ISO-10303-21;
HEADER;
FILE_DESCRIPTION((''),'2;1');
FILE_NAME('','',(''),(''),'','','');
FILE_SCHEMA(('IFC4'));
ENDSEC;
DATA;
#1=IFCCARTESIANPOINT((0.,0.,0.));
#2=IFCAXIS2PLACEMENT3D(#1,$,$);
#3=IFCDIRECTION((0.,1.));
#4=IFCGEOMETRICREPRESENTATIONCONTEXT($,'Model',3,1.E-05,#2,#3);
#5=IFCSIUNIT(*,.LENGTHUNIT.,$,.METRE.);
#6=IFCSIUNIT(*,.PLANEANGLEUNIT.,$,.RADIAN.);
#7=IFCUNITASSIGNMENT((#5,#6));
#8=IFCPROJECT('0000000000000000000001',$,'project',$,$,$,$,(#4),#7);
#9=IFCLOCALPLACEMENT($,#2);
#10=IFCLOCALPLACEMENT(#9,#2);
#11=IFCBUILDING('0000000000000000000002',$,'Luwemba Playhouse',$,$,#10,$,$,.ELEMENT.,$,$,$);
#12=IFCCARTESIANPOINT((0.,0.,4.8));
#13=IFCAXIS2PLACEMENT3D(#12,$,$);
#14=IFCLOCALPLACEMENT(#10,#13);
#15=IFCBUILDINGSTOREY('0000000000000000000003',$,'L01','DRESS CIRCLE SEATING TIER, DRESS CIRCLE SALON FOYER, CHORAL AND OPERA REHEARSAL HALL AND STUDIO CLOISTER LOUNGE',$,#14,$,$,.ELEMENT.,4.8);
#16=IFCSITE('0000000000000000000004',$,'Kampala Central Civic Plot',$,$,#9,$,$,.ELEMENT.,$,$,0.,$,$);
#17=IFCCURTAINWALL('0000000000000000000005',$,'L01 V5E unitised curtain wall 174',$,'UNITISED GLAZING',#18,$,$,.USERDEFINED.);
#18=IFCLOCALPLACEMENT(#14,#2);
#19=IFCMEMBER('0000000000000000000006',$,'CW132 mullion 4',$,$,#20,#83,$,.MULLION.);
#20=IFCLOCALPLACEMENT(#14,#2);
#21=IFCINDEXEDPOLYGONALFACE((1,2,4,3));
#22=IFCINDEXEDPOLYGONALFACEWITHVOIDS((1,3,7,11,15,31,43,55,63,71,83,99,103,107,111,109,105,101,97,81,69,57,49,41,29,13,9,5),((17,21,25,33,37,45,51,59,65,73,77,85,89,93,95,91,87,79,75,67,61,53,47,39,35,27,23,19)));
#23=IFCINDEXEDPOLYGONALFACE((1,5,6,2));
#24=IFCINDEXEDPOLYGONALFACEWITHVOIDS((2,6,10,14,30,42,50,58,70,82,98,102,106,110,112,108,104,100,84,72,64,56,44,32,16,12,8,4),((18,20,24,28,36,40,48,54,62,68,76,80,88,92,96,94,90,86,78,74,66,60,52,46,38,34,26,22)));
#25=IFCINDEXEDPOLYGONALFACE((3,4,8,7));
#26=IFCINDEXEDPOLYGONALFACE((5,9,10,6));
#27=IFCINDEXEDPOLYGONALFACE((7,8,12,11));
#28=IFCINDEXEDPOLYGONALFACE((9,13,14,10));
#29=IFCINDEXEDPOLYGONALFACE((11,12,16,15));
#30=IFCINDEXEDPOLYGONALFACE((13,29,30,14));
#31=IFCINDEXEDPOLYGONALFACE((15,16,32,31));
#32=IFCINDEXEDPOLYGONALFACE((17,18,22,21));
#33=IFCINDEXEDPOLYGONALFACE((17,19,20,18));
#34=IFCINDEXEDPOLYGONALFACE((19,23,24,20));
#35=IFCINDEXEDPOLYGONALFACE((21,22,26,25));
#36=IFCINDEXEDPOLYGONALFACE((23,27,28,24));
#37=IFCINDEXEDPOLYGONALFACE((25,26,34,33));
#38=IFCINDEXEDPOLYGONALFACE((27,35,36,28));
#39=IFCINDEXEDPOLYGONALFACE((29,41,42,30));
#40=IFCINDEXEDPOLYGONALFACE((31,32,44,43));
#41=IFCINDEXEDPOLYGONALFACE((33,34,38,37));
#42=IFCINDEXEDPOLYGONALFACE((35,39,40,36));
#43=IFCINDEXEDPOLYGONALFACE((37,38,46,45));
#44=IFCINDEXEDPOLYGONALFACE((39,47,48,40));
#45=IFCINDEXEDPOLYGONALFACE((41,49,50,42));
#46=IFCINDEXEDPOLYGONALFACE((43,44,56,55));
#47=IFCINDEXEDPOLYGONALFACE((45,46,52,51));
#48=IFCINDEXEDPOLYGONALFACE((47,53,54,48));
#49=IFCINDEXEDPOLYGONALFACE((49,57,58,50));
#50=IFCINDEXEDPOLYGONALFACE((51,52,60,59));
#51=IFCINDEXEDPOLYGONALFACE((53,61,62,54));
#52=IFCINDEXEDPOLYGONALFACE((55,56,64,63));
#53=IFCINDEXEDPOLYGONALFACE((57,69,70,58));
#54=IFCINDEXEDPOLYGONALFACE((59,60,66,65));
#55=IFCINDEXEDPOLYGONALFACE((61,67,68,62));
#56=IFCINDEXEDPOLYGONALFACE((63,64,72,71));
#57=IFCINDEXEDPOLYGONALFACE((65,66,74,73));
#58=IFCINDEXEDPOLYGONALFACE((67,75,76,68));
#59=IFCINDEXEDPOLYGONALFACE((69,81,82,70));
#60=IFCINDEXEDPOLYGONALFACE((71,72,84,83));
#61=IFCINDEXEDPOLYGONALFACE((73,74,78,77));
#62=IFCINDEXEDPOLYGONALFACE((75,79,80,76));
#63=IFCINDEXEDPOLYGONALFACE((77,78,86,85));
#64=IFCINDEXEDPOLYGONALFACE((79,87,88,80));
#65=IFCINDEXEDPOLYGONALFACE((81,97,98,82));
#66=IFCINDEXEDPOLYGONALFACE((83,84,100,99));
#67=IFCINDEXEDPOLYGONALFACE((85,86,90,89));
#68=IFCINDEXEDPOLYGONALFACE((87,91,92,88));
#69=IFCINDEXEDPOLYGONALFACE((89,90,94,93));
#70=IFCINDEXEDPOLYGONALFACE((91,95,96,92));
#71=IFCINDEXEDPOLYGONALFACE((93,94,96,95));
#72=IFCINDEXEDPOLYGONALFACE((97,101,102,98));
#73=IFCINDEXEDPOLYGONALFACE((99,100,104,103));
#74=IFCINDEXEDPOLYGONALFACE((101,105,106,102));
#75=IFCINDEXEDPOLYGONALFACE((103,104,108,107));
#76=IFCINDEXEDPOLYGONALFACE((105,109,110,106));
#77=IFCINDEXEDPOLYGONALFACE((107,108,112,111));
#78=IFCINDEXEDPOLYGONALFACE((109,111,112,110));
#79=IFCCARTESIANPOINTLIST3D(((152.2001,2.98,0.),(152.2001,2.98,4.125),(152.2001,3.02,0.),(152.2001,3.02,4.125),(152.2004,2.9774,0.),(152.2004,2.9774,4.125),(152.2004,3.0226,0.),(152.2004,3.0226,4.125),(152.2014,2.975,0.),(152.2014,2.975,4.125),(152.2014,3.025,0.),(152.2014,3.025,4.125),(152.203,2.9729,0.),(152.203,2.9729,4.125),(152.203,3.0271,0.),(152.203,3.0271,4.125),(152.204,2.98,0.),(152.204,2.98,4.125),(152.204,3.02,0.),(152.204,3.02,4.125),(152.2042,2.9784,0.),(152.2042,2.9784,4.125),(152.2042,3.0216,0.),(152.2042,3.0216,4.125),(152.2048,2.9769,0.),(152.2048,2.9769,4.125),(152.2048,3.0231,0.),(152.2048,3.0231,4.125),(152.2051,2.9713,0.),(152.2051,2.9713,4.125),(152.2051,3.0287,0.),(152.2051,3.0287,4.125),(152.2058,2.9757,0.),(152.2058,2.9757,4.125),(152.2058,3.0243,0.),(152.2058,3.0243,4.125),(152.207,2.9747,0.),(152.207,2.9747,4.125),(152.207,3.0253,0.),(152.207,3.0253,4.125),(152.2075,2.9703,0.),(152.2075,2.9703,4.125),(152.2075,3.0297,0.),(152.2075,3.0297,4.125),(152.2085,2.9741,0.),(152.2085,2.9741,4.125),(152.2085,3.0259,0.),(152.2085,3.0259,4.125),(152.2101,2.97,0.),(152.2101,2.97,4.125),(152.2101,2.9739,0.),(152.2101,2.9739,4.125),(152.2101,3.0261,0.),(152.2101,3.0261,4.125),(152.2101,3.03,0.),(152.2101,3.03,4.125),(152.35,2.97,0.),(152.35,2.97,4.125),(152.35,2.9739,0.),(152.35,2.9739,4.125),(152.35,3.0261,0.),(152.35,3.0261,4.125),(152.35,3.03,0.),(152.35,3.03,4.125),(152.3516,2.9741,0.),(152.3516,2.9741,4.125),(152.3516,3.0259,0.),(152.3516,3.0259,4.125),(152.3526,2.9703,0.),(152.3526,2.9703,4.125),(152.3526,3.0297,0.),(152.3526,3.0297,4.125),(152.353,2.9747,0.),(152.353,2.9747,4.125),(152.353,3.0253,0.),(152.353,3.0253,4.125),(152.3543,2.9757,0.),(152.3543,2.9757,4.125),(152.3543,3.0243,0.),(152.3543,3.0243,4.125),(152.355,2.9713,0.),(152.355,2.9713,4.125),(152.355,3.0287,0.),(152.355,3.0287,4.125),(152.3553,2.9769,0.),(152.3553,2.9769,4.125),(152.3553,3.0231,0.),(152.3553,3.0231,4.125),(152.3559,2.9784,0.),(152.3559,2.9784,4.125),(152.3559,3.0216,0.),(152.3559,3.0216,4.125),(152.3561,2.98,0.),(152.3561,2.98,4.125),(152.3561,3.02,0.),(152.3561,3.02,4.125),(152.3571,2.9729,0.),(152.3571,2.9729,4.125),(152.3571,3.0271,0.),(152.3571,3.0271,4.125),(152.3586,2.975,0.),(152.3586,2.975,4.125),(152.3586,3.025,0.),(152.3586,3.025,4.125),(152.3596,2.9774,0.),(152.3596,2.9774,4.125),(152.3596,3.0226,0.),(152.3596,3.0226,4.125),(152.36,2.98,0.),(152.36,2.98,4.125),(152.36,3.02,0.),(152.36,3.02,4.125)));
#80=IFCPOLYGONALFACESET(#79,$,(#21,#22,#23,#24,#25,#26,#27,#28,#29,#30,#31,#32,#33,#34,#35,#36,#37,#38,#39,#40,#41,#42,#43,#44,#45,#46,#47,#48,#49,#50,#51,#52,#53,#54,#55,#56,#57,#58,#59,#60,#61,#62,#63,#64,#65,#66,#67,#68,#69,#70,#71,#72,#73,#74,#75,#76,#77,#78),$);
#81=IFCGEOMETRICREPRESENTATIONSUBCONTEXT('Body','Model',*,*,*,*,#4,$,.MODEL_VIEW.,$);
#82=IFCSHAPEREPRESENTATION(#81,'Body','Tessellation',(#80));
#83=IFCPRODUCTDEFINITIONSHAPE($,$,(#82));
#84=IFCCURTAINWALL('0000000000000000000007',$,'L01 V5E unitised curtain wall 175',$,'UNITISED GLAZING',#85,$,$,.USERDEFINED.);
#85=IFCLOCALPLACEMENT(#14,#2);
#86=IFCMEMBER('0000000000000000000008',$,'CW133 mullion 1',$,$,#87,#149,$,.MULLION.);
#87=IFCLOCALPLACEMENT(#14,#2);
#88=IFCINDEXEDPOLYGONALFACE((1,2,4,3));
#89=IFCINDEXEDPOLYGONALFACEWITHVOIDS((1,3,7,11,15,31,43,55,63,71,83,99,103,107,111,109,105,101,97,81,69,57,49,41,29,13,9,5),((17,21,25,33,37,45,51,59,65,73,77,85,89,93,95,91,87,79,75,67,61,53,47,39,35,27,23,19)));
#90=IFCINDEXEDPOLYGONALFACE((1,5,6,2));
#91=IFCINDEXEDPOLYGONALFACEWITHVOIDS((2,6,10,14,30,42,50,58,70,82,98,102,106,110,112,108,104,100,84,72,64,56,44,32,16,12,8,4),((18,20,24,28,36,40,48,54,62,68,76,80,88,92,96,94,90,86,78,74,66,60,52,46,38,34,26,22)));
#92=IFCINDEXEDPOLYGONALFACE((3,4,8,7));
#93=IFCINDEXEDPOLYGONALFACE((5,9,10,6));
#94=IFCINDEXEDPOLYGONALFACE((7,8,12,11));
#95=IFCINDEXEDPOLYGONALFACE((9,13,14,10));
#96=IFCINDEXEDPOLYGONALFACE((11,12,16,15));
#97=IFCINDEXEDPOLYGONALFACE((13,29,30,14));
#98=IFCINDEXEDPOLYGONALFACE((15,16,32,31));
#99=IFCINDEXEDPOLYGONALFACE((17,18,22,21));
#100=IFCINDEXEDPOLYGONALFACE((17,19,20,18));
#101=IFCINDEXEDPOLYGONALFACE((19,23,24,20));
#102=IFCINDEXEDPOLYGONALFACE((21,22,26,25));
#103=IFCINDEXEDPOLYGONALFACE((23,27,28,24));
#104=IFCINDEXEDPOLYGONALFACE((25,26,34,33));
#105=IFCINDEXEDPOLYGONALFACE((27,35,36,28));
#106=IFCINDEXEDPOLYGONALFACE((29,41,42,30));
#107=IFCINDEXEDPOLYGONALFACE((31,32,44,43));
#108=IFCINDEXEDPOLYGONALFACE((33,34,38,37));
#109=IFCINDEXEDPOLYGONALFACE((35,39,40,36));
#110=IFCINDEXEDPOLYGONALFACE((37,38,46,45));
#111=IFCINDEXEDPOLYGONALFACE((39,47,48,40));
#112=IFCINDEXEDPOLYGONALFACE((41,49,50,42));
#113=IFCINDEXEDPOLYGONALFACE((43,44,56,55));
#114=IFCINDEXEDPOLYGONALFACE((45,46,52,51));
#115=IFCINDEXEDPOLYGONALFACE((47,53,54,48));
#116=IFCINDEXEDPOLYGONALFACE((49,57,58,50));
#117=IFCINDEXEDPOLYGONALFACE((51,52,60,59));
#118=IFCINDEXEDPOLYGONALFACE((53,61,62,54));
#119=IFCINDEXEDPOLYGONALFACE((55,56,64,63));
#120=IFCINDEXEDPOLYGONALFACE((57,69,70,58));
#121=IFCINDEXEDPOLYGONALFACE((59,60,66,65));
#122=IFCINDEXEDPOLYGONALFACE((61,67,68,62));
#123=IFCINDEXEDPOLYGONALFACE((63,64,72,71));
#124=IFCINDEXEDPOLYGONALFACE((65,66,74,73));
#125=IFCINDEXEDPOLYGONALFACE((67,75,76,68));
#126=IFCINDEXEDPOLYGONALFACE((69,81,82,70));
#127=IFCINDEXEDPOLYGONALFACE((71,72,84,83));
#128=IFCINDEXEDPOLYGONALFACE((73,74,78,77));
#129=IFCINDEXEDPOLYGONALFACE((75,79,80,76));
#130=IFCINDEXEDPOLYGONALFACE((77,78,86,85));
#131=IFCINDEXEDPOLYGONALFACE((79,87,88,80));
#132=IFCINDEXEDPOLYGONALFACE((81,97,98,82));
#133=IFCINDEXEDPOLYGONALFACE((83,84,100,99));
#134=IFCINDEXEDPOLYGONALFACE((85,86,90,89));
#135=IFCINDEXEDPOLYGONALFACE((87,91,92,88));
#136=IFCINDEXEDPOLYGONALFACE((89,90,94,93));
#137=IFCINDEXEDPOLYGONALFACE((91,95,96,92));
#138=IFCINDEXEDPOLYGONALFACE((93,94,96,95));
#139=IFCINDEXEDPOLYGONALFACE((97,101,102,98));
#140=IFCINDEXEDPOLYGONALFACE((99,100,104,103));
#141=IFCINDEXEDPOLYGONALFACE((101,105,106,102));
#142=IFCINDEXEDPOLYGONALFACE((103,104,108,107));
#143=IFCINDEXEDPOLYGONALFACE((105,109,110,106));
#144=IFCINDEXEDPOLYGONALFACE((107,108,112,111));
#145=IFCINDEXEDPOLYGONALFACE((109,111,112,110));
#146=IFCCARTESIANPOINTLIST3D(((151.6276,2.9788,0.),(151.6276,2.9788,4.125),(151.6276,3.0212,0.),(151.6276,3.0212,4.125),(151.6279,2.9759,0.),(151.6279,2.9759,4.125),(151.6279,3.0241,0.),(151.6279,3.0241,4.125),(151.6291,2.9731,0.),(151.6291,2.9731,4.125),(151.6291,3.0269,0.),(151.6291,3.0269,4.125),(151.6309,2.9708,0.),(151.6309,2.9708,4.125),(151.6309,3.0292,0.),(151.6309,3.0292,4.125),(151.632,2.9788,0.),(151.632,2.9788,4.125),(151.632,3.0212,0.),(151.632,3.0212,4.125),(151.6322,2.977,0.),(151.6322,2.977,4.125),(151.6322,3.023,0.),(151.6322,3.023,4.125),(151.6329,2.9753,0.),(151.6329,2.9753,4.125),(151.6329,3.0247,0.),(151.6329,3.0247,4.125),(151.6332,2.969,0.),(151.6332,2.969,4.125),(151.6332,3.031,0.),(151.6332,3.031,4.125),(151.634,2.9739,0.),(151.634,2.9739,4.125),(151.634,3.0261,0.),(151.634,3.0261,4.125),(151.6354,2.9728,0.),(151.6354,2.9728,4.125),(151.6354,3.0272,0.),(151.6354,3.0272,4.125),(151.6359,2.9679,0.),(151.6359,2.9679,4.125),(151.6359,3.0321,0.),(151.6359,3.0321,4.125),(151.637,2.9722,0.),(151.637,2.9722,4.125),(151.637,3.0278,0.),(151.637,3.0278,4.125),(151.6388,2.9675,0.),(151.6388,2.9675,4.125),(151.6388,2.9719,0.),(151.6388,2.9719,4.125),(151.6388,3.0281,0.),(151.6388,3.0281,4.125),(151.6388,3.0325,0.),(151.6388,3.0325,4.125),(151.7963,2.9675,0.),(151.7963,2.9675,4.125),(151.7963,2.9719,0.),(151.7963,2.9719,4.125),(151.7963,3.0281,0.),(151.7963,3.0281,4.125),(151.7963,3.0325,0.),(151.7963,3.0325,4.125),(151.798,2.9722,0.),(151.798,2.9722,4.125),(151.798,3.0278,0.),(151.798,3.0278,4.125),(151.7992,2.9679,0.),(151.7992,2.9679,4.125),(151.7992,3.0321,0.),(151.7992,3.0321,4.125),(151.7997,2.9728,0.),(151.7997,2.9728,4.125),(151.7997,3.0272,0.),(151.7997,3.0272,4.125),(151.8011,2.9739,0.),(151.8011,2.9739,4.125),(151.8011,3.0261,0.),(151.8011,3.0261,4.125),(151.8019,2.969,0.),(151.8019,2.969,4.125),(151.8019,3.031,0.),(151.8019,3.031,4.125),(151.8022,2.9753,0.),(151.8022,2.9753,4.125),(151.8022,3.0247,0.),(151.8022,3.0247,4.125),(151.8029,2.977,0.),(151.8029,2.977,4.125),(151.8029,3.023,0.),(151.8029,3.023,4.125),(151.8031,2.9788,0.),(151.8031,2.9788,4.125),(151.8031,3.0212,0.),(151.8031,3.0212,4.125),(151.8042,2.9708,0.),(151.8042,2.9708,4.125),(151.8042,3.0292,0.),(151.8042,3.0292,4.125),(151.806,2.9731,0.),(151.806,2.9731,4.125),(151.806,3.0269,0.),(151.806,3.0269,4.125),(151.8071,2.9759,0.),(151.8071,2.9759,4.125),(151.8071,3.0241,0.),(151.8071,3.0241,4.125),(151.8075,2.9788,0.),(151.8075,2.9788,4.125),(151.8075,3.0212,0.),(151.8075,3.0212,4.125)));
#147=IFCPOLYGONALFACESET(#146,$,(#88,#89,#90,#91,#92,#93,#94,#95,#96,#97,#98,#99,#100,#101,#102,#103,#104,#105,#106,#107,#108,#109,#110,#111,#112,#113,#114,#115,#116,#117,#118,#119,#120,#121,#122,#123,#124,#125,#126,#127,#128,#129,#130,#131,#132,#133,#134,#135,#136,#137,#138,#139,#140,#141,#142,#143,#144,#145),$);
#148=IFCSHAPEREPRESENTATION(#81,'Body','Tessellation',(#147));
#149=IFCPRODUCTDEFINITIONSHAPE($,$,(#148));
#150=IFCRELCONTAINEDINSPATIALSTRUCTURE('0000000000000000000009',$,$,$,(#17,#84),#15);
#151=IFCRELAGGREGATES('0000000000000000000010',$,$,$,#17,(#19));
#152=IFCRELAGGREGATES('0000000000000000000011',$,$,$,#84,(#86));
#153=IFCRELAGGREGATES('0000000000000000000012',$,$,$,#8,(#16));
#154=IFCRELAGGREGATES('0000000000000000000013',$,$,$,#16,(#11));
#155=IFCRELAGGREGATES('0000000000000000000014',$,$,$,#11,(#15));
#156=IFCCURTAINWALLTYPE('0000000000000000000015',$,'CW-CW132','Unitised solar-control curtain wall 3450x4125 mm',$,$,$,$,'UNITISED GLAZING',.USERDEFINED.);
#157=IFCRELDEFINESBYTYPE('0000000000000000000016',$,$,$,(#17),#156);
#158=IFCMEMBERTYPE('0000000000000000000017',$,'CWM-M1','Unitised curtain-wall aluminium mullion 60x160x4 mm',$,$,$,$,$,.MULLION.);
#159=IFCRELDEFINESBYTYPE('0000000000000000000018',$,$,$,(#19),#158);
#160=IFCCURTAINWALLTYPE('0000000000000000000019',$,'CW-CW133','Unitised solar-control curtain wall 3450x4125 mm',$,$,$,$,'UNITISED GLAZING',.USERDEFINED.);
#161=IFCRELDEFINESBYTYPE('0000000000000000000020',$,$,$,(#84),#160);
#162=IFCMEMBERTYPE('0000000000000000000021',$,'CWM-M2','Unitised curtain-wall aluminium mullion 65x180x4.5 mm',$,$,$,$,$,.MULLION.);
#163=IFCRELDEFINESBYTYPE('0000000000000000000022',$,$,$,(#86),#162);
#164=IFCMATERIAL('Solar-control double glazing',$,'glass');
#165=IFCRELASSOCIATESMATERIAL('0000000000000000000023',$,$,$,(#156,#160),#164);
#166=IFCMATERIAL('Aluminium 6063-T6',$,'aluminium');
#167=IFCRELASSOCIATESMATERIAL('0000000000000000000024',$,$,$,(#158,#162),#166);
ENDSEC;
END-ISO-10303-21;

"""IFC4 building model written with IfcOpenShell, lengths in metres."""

from ifc_helpers import new_model, si_unit, direction, frame, origin, origin_2d, place, context, subcontext, project, spatial, hollow_rectangle, extrude, material, material_profile, profile_set, type_object, element, aggregate, save


model = new_model("IFC4")

# Units and contexts
model_context = context("Model", 3, precision=1e-05, world=origin(), true_north=direction((0.0, 1.0)))
body_context = subcontext(model_context, "Body", "Model", "MODEL_VIEW")
ifc_project = project(units=[si_unit("LENGTHUNIT", "METRE"), si_unit("PLANEANGLEUNIT", "RADIAN")], contexts=[model_context])

# Site, building, storey
site_placement = place(None, origin())
site = spatial("IfcSite", under=ifc_project, at=site_placement, Name="Kampala Central Civic Plot", CompositionType="ELEMENT", RefElevation=0.0)
building_placement = place(site_placement, origin())
building = spatial("IfcBuilding", under=site, at=building_placement, Name="Luwemba Playhouse", CompositionType="ELEMENT")
storey_placement = place(building_placement, frame((0.0, 0.0, 4.8)))
storey = spatial("IfcBuildingStorey", under=building, at=storey_placement, Name="L01", Description="DRESS CIRCLE SEATING TIER, DRESS CIRCLE SALON FOYER, CHORAL AND OPERA REHEARSAL HALL AND STUDIO CLOISTER LOUNGE", CompositionType="ELEMENT", Elevation=4.8)

# Curtain walls, members
ifc_material_1 = material(Name="Solar-control double glazing", Category="glass")
curtain_wall_type_1 = type_object("IfcCurtainWallType", Name="CW-CW132", Description="Unitised solar-control curtain wall 3450x4125 mm", ElementType="UNITISED GLAZING", PredefinedType="USERDEFINED", material=ifc_material_1)
curtain_wall_1_placement = place(storey_placement, origin())
curtain_wall_1 = element("IfcCurtainWall", 1, at=curtain_wall_1_placement, inside=storey, type_object=curtain_wall_type_1, Name="L01 V5E unitised curtain wall 174", ObjectType="UNITISED GLAZING", PredefinedType="USERDEFINED")
ifc_material_2 = material(Name="Aluminium 6063-T6", Category="aluminium")
ifc_material_profile_1 = material_profile(ifc_material_2, hollow_rectangle(XDim=0.0601, YDim=0.1599, WallThickness=0.0039, InnerFilletRadius=0.0061, OuterFilletRadius=0.01, at=origin_2d()))
ifc_profile_set_1 = profile_set([ifc_material_profile_1], Name="Aluminium 6063-T6")
member_type_1 = type_object("IfcMemberType", Name="CWM-M1", Description="Unitised curtain-wall aluminium mullion 60x160x4 mm", PredefinedType="MULLION", material=ifc_profile_set_1)
member_1_placement = place(storey_placement, frame((152.28, 3.0, 0.0), z_axis=(0.0, 0.0, 1.0), x_axis=(0.0, -1.0, 0.0)))
member_1 = element("IfcMember", 2, at=member_1_placement, type_object=member_type_1, Name="CW132 mullion 4", PredefinedType="MULLION", context=body_context, shape_type="SweptSolid", body=[
    extrude(hollow_rectangle(XDim=0.0601, YDim=0.1599, WallThickness=0.0039, InnerFilletRadius=0.0061, OuterFilletRadius=0.01, at=origin_2d()), origin(), (0.0, 0.0, 1.0), 4.125),
])
curtain_wall_type_2 = type_object("IfcCurtainWallType", Name="CW-CW133", Description="Unitised solar-control curtain wall 3450x4125 mm", ElementType="UNITISED GLAZING", PredefinedType="USERDEFINED", material=ifc_material_1)
curtain_wall_2_placement = place(storey_placement, origin())
curtain_wall_2 = element("IfcCurtainWall", 3, at=curtain_wall_2_placement, inside=storey, type_object=curtain_wall_type_2, Name="L01 V5E unitised curtain wall 175", ObjectType="UNITISED GLAZING", PredefinedType="USERDEFINED")
ifc_material_profile_2 = material_profile(ifc_material_2, hollow_rectangle(XDim=0.0649, YDim=0.1799, WallThickness=0.0044, InnerFilletRadius=0.0068, OuterFilletRadius=0.0112, at=origin_2d()))
ifc_profile_set_2 = profile_set([ifc_material_profile_2], Name="Aluminium 6063-T6")
member_type_2 = type_object("IfcMemberType", Name="CWM-M2", Description="Unitised curtain-wall aluminium mullion 65x180x4.5 mm", PredefinedType="MULLION", material=ifc_profile_set_2)
member_2_placement = place(storey_placement, frame((151.7175, 3.0, 0.0), z_axis=(0.0, 0.0, 1.0), x_axis=(0.0, -1.0, 0.0)))
member_2 = element("IfcMember", 4, at=member_2_placement, type_object=member_type_2, Name="CW133 mullion 1", PredefinedType="MULLION", context=body_context, shape_type="SweptSolid", body=[
    extrude(hollow_rectangle(XDim=0.0649, YDim=0.1799, WallThickness=0.0044, InnerFilletRadius=0.0068, OuterFilletRadius=0.0112, at=origin_2d()), origin(), (0.0, 0.0, 1.0), 4.125),
])

aggregate(curtain_wall_1, [member_1])
aggregate(curtain_wall_2, [member_2])

save(model, "model.ifc")
